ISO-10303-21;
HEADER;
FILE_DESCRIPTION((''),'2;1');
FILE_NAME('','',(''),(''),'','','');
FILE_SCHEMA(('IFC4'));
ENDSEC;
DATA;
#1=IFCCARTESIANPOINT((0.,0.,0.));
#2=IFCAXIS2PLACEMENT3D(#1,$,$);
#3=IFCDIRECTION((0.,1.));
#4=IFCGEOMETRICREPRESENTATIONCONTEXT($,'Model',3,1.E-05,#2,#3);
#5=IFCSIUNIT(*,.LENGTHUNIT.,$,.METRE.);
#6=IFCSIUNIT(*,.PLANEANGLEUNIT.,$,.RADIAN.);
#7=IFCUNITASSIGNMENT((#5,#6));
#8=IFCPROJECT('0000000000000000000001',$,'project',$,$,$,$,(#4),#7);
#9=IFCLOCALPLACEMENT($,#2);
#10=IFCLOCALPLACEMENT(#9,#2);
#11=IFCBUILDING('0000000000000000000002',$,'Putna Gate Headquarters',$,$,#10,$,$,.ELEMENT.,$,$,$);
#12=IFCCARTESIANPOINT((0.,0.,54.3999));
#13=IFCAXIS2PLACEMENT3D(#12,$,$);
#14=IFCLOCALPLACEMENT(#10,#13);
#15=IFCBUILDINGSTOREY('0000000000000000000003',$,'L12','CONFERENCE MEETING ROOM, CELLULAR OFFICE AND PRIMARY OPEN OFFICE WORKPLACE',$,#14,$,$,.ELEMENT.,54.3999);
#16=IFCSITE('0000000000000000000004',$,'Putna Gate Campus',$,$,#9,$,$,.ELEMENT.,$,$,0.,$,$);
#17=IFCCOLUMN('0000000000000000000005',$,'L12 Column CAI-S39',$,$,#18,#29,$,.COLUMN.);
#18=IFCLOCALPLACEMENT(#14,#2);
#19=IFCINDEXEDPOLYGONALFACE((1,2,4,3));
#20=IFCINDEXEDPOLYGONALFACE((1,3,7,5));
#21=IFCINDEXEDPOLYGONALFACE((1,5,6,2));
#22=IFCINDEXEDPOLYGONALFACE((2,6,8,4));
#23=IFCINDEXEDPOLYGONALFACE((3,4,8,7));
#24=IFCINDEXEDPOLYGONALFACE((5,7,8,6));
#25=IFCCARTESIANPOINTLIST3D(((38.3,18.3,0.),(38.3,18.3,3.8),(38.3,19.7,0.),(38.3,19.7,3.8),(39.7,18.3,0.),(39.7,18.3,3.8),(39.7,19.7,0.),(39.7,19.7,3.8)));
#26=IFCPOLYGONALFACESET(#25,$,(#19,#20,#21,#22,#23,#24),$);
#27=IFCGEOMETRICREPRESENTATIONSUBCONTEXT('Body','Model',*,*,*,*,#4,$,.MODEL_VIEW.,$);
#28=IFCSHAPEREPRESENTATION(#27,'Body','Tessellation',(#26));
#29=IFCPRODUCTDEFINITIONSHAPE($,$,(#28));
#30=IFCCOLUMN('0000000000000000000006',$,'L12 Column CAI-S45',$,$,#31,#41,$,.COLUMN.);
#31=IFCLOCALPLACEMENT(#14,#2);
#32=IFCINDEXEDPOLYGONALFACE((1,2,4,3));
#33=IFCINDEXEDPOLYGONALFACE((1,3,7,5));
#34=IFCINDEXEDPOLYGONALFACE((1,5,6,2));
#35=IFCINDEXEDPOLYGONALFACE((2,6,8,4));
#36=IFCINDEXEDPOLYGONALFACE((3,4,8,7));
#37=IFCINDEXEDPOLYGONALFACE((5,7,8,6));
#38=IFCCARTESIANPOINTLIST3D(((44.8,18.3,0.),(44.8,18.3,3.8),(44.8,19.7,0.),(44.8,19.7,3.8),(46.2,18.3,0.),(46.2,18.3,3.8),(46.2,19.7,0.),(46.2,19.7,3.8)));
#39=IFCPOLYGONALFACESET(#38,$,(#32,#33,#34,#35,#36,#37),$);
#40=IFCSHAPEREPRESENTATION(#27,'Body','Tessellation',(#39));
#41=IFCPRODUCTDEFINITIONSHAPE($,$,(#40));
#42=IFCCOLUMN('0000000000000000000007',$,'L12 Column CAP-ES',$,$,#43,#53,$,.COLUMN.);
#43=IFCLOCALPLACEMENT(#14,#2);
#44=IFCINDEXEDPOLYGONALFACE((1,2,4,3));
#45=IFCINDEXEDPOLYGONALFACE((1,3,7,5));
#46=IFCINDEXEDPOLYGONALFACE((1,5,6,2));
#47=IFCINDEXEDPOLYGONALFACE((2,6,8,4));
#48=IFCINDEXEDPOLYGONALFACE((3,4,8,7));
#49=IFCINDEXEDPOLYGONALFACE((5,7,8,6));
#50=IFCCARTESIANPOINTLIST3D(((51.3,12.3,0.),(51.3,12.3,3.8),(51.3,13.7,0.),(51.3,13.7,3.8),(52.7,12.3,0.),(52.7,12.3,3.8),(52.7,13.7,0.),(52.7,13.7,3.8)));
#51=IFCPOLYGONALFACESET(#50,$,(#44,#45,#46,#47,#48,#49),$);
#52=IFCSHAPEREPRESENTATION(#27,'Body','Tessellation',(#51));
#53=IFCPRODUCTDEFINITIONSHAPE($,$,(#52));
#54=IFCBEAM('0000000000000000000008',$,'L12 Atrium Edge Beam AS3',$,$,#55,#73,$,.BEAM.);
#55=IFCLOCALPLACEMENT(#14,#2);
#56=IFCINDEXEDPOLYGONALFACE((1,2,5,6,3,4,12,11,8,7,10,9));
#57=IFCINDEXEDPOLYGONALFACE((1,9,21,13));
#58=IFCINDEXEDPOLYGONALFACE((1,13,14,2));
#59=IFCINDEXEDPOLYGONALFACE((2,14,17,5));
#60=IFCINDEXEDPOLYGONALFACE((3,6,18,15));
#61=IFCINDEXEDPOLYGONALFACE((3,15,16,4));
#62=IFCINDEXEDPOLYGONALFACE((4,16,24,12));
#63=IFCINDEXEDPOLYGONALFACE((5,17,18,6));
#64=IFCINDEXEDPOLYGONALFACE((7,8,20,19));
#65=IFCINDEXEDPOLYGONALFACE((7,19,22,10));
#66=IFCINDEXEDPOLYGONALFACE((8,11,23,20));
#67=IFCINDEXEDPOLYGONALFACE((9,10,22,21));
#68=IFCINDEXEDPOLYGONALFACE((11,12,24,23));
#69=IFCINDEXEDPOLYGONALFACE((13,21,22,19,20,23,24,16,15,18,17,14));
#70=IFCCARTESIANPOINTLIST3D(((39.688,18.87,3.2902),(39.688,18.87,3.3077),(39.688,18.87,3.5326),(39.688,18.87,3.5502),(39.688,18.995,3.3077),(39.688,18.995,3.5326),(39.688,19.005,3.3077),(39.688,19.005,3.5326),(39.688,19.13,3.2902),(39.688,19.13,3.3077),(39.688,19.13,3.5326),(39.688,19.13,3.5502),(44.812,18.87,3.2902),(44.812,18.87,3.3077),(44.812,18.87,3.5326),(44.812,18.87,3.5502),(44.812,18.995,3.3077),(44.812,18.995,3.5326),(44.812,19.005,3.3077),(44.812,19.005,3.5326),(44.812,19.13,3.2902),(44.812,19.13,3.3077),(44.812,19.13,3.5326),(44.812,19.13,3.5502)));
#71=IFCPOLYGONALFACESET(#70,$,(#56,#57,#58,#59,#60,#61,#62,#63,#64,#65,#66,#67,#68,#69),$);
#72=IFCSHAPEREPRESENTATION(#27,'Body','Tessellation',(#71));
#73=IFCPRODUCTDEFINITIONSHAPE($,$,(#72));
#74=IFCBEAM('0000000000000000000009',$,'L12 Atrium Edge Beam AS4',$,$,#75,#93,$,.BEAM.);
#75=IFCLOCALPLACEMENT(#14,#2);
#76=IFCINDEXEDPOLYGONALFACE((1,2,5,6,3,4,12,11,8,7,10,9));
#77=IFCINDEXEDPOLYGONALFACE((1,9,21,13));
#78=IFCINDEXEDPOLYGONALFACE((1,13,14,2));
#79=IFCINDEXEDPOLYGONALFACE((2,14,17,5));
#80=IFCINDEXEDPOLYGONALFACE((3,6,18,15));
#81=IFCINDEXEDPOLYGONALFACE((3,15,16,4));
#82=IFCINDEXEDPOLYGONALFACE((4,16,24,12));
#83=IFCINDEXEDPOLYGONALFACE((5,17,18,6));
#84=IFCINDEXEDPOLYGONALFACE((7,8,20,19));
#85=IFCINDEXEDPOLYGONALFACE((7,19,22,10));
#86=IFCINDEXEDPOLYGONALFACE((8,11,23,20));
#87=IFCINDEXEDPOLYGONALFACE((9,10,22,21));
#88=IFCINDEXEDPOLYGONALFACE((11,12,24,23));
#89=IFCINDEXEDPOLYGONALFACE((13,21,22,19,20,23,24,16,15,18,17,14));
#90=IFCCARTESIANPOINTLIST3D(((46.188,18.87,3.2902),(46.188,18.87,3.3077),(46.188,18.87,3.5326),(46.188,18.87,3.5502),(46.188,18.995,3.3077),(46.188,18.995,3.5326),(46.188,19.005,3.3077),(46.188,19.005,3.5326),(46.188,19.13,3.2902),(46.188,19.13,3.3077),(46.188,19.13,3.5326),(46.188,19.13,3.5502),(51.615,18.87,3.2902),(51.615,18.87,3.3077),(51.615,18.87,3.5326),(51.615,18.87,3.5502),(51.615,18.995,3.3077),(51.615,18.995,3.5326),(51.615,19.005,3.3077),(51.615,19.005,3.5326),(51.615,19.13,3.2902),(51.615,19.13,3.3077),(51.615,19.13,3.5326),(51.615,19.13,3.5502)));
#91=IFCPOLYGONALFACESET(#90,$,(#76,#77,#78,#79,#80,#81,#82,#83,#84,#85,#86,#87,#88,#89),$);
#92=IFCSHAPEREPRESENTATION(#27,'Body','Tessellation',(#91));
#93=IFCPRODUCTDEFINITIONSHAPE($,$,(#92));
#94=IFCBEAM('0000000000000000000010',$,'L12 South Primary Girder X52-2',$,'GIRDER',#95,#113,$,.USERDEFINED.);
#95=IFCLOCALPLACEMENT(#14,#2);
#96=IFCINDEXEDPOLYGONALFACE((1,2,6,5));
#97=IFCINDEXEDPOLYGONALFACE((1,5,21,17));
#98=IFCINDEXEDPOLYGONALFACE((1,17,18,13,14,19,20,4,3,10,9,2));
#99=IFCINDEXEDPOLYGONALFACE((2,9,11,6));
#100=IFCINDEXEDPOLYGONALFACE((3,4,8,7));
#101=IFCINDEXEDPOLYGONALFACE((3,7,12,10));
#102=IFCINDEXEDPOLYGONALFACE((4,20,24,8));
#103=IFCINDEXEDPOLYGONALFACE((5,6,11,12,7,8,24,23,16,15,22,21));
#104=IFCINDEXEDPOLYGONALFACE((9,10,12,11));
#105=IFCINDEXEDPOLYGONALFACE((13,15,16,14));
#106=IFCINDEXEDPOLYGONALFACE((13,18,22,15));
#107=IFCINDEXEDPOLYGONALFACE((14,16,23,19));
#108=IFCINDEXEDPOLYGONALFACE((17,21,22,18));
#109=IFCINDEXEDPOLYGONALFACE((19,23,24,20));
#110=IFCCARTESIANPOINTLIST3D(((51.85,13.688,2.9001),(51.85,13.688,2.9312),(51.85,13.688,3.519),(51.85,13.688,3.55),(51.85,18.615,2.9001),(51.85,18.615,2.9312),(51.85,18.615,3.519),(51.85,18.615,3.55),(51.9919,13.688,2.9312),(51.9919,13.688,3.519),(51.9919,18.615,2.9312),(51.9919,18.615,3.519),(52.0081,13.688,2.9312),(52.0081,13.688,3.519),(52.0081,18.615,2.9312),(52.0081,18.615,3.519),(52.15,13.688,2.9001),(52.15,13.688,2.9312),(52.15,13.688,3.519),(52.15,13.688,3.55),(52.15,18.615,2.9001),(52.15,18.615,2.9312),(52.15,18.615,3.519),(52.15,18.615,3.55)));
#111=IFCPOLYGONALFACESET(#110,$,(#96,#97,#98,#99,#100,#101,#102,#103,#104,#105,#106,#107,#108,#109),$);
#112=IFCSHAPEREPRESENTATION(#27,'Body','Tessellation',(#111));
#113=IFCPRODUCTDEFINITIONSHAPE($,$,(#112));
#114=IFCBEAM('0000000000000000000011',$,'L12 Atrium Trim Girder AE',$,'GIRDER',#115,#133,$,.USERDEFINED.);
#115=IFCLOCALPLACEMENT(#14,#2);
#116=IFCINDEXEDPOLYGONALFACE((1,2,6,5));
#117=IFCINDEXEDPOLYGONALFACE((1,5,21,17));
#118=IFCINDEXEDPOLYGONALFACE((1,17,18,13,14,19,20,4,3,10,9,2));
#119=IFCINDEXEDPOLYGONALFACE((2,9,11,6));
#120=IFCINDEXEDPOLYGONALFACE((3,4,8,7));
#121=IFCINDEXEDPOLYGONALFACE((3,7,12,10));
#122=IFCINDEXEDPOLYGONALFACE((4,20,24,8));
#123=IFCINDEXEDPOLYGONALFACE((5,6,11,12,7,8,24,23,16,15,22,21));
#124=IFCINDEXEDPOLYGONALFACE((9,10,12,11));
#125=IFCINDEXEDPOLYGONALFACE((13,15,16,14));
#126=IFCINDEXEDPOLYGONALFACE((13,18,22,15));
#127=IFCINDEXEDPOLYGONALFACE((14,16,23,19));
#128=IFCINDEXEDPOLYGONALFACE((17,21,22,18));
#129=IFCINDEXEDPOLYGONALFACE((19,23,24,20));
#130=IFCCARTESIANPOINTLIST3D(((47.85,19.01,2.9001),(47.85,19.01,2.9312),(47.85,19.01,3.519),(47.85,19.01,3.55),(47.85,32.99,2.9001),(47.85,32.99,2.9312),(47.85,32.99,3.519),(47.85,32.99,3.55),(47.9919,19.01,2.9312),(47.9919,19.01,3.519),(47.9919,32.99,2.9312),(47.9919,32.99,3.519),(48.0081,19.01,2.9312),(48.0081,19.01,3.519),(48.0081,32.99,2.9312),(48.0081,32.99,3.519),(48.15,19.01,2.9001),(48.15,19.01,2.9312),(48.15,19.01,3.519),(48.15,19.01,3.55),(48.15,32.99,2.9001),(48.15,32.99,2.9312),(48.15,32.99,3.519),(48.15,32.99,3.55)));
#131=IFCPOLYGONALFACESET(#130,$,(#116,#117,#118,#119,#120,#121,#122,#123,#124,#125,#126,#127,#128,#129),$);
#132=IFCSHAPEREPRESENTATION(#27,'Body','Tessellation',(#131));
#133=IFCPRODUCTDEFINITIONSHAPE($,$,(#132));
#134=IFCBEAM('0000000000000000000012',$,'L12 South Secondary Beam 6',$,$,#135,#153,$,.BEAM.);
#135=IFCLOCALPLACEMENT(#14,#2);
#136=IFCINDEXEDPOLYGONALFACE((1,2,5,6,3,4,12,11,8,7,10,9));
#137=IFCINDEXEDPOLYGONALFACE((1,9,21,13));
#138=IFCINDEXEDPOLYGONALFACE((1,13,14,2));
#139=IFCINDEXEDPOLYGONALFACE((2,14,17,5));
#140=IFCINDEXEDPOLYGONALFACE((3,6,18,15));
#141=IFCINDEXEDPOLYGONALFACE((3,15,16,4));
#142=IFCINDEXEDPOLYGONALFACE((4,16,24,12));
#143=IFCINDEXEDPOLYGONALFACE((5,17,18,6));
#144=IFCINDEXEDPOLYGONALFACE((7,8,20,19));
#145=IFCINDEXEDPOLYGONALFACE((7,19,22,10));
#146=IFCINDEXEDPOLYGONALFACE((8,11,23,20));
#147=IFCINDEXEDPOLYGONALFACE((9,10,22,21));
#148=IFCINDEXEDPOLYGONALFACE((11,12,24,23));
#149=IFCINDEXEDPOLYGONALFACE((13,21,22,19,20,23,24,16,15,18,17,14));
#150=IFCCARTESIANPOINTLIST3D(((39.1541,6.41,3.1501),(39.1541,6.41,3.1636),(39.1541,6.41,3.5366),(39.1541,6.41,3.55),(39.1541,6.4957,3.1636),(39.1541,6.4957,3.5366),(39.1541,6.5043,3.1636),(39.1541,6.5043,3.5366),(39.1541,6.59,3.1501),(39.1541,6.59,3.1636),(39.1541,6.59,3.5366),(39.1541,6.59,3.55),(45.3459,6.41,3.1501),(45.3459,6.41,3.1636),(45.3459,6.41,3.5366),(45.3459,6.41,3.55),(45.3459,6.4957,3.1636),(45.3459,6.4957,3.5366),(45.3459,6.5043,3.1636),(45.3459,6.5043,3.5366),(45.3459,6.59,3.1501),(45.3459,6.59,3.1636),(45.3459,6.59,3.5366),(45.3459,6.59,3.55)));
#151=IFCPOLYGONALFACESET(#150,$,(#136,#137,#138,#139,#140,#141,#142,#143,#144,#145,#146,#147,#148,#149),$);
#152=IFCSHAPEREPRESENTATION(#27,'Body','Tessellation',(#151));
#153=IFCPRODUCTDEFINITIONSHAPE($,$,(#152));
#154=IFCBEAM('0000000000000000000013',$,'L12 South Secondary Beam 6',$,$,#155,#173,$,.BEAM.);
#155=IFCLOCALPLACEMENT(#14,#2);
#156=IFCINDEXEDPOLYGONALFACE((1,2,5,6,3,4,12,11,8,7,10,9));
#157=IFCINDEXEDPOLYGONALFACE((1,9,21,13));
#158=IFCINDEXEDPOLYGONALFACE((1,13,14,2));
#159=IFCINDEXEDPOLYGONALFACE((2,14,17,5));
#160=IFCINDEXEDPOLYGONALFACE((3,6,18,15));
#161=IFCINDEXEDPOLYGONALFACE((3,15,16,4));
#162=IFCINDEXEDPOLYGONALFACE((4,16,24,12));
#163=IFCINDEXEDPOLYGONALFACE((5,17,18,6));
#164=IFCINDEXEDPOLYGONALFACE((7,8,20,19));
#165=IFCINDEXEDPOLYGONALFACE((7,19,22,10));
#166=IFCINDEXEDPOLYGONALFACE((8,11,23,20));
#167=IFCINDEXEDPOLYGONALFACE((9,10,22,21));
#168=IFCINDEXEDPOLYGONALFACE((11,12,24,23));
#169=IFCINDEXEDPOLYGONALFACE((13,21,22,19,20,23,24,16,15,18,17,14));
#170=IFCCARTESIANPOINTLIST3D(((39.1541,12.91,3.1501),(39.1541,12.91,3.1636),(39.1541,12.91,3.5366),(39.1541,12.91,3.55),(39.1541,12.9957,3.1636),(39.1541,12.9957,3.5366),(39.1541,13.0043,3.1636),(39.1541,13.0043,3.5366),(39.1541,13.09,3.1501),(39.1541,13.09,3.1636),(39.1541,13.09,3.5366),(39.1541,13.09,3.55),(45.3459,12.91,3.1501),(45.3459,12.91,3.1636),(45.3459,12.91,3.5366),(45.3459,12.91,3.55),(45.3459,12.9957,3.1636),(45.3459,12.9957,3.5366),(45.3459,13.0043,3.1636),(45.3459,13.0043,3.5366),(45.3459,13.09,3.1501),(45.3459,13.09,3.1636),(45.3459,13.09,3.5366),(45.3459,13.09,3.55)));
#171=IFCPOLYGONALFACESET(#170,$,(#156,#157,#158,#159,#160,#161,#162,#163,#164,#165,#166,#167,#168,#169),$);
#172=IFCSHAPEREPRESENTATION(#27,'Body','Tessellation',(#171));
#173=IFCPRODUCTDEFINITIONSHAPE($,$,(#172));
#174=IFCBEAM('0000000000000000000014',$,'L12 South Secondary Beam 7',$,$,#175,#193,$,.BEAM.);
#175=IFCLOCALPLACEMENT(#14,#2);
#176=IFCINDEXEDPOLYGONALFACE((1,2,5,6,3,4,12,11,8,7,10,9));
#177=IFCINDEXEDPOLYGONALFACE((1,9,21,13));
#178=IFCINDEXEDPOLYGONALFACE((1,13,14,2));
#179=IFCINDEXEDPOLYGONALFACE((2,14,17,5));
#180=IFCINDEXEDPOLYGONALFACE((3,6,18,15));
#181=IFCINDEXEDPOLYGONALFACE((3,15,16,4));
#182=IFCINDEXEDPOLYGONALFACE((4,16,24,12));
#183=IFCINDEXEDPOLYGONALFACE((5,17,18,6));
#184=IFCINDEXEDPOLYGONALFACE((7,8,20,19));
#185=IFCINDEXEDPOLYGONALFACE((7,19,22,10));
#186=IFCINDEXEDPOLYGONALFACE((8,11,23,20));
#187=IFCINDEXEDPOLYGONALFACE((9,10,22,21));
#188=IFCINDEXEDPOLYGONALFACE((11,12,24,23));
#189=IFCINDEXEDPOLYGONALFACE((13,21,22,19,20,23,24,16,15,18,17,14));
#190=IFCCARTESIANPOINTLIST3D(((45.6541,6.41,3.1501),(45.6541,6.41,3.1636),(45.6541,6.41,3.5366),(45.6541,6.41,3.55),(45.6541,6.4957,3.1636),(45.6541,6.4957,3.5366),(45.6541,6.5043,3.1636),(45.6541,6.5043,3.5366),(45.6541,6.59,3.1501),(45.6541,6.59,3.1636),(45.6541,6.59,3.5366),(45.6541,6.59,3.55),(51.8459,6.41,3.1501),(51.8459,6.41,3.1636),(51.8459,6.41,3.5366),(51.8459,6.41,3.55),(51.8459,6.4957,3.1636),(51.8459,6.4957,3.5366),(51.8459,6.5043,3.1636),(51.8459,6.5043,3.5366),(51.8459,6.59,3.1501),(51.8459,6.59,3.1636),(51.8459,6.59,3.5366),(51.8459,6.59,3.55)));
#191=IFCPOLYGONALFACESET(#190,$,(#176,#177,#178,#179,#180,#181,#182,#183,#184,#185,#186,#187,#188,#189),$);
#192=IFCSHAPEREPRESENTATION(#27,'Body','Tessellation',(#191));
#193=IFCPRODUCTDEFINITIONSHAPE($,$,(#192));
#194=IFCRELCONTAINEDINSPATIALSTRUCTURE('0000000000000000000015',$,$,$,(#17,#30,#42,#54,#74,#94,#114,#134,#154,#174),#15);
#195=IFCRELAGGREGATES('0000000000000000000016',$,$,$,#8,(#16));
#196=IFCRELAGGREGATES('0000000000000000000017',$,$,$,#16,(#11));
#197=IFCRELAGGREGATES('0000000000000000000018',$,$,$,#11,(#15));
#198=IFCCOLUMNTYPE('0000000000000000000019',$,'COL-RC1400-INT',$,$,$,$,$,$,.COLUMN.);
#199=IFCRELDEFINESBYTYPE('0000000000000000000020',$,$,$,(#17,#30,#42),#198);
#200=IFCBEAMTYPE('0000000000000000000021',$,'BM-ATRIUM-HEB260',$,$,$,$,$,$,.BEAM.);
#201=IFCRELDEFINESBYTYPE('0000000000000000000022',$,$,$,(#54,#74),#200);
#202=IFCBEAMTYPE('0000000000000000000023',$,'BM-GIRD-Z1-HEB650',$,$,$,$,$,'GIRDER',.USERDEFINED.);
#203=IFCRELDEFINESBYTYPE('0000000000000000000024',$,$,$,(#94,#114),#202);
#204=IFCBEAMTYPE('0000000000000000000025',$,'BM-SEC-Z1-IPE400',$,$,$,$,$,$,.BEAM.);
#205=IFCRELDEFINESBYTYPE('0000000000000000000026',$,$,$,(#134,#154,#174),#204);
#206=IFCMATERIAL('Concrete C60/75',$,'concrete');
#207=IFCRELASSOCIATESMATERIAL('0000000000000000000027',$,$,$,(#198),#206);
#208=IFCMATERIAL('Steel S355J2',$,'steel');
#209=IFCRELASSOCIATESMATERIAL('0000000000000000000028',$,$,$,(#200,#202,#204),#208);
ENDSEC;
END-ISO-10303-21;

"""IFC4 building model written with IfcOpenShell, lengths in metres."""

from ifc_helpers import new_model, si_unit, direction, frame, origin, origin_2d, place, context, subcontext, project, spatial, rectangle, i_section, extrude, material, material_profile, profile_set, type_object, element, save


model = new_model("IFC4")

# Units and contexts
model_context = context("Model", 3, precision=1e-05, world=origin(), true_north=direction((0.0, 1.0)))
body_context = subcontext(model_context, "Body", "Model", "MODEL_VIEW")
ifc_project = project(units=[si_unit("LENGTHUNIT", "METRE"), si_unit("PLANEANGLEUNIT", "RADIAN")], contexts=[model_context])

# Site, building, storey
site_placement = place(None, origin())
site = spatial("IfcSite", under=ifc_project, at=site_placement, Name="Putna Gate Campus", CompositionType="ELEMENT", RefElevation=0.0)
building_placement = place(site_placement, origin())
building = spatial("IfcBuilding", under=site, at=building_placement, Name="Putna Gate Headquarters", CompositionType="ELEMENT")
storey_placement = place(building_placement, frame((0.0, 0.0, 54.3999)))
storey = spatial("IfcBuildingStorey", under=building, at=storey_placement, Name="L12", Description="CONFERENCE MEETING ROOM, CELLULAR OFFICE AND PRIMARY OPEN OFFICE WORKPLACE", CompositionType="ELEMENT", Elevation=54.3999)

# Columns
ifc_material_1 = material(Name="Concrete C60/75", Category="concrete")
ifc_material_profile_1 = material_profile(ifc_material_1, rectangle(XDim=1.3999, YDim=1.3999, at=origin_2d()), Name="Concrete C60/75")
ifc_profile_set_1 = profile_set([ifc_material_profile_1], Name="Concrete C60/75")
column_type = type_object("IfcColumnType", Name="COL-RC1400-INT", PredefinedType="COLUMN", material=ifc_profile_set_1)
for number, where, z_axis, x_axis, name in (
    (1, (39.0, 19.0, 0.0), (0.0, 0.0, 1.0), (1.0, 0.0, 0.0), "L12 Column CAI-S39"),
    (2, (45.5, 19.0, 0.0), (0.0, 0.0, 1.0), (1.0, 0.0, 0.0), "L12 Column CAI-S45"),
    (3, (52.0, 13.0, 0.0), (0.0, 0.0, 1.0), (1.0, 0.0, 0.0), "L12 Column CAP-ES"),
):
    element("IfcColumn", number, at=place(storey_placement, frame(where, z_axis=z_axis, x_axis=x_axis)), inside=storey, type_object=column_type, Name=name, PredefinedType="COLUMN", context=body_context, shape_type="SweptSolid", body=[
        extrude(rectangle(XDim=1.3999, YDim=1.3999, at=origin_2d()), origin(), (0.0, 0.0, 1.0), 3.8),
    ])

# Beams
ifc_material_2 = material(Name="Steel S355J2", Category="steel")
ifc_material_profile_2 = material_profile(ifc_material_2, i_section(OverallWidth=0.26, OverallDepth=0.26, WebThickness=0.01, FlangeThickness=0.0176, at=origin_2d()), Name="Steel S355J2")
ifc_profile_set_2 = profile_set([ifc_material_profile_2], Name="Steel S355J2")
beam_type_1 = type_object("IfcBeamType", Name="BM-ATRIUM-HEB260", PredefinedType="BEAM", material=ifc_profile_set_2)
beam_1_placement = place(storey_placement, frame((39.688, 19.0, 3.4202), z_axis=(1.0, 0.0, 0.0), x_axis=(0.0, 1.0, 0.0)))
element("IfcBeam", 4, at=beam_1_placement, inside=storey, type_object=beam_type_1, Name="L12 Atrium Edge Beam AS3", PredefinedType="BEAM", context=body_context, shape_type="SweptSolid", body=[
    extrude(i_section(OverallWidth=0.26, OverallDepth=0.26, WebThickness=0.01, FlangeThickness=0.0176, at=origin_2d()), origin(), (0.0, 0.0, 1.0), 5.124),
])
beam_2_placement = place(storey_placement, frame((46.188, 19.0, 3.4202), z_axis=(1.0, 0.0, 0.0), x_axis=(0.0, 1.0, 0.0)))
element("IfcBeam", 5, at=beam_2_placement, inside=storey, type_object=beam_type_1, Name="L12 Atrium Edge Beam AS4", PredefinedType="BEAM", context=body_context, shape_type="SweptSolid", body=[
    extrude(i_section(OverallWidth=0.26, OverallDepth=0.26, WebThickness=0.01, FlangeThickness=0.0176, at=origin_2d()), origin(), (0.0, 0.0, 1.0), 5.427),
])
ifc_material_profile_3 = material_profile(ifc_material_2, i_section(OverallWidth=0.3, OverallDepth=0.6499, WebThickness=0.0161, FlangeThickness=0.031, at=origin_2d()), Name="Steel S355J2")
ifc_profile_set_3 = profile_set([ifc_material_profile_3], Name="Steel S355J2")
beam_type_2 = type_object("IfcBeamType", Name="BM-GIRD-Z1-HEB650", ElementType="GIRDER", PredefinedType="USERDEFINED", material=ifc_profile_set_3)
beam_3_placement = place(storey_placement, frame((52.0, 13.688, 3.2251), z_axis=(0.0, 1.0, 0.0), x_axis=(-1.0, 0.0, 0.0)))
element("IfcBeam", 6, at=beam_3_placement, inside=storey, type_object=beam_type_2, Name="L12 South Primary Girder X52-2", ObjectType="GIRDER", PredefinedType="USERDEFINED", context=body_context, shape_type="SweptSolid", body=[
    extrude(i_section(OverallWidth=0.3, OverallDepth=0.6499, WebThickness=0.0161, FlangeThickness=0.031, at=origin_2d()), origin(), (0.0, 0.0, 1.0), 4.927),
])
beam_4_placement = place(storey_placement, frame((48.0, 19.01, 3.2251), z_axis=(0.0, 1.0, 0.0), x_axis=(-1.0, 0.0, 0.0)))
element("IfcBeam", 7, at=beam_4_placement, inside=storey, type_object=beam_type_2, Name="L12 Atrium Trim Girder AE", ObjectType="GIRDER", PredefinedType="USERDEFINED", context=body_context, shape_type="SweptSolid", body=[
    extrude(i_section(OverallWidth=0.3, OverallDepth=0.6499, WebThickness=0.0161, FlangeThickness=0.031, at=origin_2d()), origin(), (0.0, 0.0, 1.0), 13.98),
])
ifc_material_profile_4 = material_profile(ifc_material_2, i_section(OverallWidth=0.1799, OverallDepth=0.3999, WebThickness=0.0085, FlangeThickness=0.0134, at=origin_2d()), Name="Steel S355J2")
ifc_profile_set_4 = profile_set([ifc_material_profile_4], Name="Steel S355J2")
beam_type_3 = type_object("IfcBeamType", Name="BM-SEC-Z1-IPE400", PredefinedType="BEAM", material=ifc_profile_set_4)
for number, where, z_axis, x_axis, name in (
    (8, (39.1541, 6.5, 3.3501), (1.0, 0.0, 0.0), (0.0, 1.0, 0.0), "L12 South Secondary Beam 6"),
    (9, (39.1541, 13.0, 3.3501), (1.0, 0.0, 0.0), (0.0, 1.0, 0.0), "L12 South Secondary Beam 6"),
    (10, (45.6541, 6.5, 3.3501), (1.0, 0.0, 0.0), (0.0, 1.0, 0.0), "L12 South Secondary Beam 7"),
):
    element("IfcBeam", number, at=place(storey_placement, frame(where, z_axis=z_axis, x_axis=x_axis)), inside=storey, type_object=beam_type_3, Name=name, PredefinedType="BEAM", context=body_context, shape_type="SweptSolid", body=[
        extrude(i_section(OverallWidth=0.1799, OverallDepth=0.3999, WebThickness=0.0085, FlangeThickness=0.0134, at=origin_2d()), origin(), (0.0, 0.0, 1.0), 6.1919),
    ])

save(model, "model.ifc")
